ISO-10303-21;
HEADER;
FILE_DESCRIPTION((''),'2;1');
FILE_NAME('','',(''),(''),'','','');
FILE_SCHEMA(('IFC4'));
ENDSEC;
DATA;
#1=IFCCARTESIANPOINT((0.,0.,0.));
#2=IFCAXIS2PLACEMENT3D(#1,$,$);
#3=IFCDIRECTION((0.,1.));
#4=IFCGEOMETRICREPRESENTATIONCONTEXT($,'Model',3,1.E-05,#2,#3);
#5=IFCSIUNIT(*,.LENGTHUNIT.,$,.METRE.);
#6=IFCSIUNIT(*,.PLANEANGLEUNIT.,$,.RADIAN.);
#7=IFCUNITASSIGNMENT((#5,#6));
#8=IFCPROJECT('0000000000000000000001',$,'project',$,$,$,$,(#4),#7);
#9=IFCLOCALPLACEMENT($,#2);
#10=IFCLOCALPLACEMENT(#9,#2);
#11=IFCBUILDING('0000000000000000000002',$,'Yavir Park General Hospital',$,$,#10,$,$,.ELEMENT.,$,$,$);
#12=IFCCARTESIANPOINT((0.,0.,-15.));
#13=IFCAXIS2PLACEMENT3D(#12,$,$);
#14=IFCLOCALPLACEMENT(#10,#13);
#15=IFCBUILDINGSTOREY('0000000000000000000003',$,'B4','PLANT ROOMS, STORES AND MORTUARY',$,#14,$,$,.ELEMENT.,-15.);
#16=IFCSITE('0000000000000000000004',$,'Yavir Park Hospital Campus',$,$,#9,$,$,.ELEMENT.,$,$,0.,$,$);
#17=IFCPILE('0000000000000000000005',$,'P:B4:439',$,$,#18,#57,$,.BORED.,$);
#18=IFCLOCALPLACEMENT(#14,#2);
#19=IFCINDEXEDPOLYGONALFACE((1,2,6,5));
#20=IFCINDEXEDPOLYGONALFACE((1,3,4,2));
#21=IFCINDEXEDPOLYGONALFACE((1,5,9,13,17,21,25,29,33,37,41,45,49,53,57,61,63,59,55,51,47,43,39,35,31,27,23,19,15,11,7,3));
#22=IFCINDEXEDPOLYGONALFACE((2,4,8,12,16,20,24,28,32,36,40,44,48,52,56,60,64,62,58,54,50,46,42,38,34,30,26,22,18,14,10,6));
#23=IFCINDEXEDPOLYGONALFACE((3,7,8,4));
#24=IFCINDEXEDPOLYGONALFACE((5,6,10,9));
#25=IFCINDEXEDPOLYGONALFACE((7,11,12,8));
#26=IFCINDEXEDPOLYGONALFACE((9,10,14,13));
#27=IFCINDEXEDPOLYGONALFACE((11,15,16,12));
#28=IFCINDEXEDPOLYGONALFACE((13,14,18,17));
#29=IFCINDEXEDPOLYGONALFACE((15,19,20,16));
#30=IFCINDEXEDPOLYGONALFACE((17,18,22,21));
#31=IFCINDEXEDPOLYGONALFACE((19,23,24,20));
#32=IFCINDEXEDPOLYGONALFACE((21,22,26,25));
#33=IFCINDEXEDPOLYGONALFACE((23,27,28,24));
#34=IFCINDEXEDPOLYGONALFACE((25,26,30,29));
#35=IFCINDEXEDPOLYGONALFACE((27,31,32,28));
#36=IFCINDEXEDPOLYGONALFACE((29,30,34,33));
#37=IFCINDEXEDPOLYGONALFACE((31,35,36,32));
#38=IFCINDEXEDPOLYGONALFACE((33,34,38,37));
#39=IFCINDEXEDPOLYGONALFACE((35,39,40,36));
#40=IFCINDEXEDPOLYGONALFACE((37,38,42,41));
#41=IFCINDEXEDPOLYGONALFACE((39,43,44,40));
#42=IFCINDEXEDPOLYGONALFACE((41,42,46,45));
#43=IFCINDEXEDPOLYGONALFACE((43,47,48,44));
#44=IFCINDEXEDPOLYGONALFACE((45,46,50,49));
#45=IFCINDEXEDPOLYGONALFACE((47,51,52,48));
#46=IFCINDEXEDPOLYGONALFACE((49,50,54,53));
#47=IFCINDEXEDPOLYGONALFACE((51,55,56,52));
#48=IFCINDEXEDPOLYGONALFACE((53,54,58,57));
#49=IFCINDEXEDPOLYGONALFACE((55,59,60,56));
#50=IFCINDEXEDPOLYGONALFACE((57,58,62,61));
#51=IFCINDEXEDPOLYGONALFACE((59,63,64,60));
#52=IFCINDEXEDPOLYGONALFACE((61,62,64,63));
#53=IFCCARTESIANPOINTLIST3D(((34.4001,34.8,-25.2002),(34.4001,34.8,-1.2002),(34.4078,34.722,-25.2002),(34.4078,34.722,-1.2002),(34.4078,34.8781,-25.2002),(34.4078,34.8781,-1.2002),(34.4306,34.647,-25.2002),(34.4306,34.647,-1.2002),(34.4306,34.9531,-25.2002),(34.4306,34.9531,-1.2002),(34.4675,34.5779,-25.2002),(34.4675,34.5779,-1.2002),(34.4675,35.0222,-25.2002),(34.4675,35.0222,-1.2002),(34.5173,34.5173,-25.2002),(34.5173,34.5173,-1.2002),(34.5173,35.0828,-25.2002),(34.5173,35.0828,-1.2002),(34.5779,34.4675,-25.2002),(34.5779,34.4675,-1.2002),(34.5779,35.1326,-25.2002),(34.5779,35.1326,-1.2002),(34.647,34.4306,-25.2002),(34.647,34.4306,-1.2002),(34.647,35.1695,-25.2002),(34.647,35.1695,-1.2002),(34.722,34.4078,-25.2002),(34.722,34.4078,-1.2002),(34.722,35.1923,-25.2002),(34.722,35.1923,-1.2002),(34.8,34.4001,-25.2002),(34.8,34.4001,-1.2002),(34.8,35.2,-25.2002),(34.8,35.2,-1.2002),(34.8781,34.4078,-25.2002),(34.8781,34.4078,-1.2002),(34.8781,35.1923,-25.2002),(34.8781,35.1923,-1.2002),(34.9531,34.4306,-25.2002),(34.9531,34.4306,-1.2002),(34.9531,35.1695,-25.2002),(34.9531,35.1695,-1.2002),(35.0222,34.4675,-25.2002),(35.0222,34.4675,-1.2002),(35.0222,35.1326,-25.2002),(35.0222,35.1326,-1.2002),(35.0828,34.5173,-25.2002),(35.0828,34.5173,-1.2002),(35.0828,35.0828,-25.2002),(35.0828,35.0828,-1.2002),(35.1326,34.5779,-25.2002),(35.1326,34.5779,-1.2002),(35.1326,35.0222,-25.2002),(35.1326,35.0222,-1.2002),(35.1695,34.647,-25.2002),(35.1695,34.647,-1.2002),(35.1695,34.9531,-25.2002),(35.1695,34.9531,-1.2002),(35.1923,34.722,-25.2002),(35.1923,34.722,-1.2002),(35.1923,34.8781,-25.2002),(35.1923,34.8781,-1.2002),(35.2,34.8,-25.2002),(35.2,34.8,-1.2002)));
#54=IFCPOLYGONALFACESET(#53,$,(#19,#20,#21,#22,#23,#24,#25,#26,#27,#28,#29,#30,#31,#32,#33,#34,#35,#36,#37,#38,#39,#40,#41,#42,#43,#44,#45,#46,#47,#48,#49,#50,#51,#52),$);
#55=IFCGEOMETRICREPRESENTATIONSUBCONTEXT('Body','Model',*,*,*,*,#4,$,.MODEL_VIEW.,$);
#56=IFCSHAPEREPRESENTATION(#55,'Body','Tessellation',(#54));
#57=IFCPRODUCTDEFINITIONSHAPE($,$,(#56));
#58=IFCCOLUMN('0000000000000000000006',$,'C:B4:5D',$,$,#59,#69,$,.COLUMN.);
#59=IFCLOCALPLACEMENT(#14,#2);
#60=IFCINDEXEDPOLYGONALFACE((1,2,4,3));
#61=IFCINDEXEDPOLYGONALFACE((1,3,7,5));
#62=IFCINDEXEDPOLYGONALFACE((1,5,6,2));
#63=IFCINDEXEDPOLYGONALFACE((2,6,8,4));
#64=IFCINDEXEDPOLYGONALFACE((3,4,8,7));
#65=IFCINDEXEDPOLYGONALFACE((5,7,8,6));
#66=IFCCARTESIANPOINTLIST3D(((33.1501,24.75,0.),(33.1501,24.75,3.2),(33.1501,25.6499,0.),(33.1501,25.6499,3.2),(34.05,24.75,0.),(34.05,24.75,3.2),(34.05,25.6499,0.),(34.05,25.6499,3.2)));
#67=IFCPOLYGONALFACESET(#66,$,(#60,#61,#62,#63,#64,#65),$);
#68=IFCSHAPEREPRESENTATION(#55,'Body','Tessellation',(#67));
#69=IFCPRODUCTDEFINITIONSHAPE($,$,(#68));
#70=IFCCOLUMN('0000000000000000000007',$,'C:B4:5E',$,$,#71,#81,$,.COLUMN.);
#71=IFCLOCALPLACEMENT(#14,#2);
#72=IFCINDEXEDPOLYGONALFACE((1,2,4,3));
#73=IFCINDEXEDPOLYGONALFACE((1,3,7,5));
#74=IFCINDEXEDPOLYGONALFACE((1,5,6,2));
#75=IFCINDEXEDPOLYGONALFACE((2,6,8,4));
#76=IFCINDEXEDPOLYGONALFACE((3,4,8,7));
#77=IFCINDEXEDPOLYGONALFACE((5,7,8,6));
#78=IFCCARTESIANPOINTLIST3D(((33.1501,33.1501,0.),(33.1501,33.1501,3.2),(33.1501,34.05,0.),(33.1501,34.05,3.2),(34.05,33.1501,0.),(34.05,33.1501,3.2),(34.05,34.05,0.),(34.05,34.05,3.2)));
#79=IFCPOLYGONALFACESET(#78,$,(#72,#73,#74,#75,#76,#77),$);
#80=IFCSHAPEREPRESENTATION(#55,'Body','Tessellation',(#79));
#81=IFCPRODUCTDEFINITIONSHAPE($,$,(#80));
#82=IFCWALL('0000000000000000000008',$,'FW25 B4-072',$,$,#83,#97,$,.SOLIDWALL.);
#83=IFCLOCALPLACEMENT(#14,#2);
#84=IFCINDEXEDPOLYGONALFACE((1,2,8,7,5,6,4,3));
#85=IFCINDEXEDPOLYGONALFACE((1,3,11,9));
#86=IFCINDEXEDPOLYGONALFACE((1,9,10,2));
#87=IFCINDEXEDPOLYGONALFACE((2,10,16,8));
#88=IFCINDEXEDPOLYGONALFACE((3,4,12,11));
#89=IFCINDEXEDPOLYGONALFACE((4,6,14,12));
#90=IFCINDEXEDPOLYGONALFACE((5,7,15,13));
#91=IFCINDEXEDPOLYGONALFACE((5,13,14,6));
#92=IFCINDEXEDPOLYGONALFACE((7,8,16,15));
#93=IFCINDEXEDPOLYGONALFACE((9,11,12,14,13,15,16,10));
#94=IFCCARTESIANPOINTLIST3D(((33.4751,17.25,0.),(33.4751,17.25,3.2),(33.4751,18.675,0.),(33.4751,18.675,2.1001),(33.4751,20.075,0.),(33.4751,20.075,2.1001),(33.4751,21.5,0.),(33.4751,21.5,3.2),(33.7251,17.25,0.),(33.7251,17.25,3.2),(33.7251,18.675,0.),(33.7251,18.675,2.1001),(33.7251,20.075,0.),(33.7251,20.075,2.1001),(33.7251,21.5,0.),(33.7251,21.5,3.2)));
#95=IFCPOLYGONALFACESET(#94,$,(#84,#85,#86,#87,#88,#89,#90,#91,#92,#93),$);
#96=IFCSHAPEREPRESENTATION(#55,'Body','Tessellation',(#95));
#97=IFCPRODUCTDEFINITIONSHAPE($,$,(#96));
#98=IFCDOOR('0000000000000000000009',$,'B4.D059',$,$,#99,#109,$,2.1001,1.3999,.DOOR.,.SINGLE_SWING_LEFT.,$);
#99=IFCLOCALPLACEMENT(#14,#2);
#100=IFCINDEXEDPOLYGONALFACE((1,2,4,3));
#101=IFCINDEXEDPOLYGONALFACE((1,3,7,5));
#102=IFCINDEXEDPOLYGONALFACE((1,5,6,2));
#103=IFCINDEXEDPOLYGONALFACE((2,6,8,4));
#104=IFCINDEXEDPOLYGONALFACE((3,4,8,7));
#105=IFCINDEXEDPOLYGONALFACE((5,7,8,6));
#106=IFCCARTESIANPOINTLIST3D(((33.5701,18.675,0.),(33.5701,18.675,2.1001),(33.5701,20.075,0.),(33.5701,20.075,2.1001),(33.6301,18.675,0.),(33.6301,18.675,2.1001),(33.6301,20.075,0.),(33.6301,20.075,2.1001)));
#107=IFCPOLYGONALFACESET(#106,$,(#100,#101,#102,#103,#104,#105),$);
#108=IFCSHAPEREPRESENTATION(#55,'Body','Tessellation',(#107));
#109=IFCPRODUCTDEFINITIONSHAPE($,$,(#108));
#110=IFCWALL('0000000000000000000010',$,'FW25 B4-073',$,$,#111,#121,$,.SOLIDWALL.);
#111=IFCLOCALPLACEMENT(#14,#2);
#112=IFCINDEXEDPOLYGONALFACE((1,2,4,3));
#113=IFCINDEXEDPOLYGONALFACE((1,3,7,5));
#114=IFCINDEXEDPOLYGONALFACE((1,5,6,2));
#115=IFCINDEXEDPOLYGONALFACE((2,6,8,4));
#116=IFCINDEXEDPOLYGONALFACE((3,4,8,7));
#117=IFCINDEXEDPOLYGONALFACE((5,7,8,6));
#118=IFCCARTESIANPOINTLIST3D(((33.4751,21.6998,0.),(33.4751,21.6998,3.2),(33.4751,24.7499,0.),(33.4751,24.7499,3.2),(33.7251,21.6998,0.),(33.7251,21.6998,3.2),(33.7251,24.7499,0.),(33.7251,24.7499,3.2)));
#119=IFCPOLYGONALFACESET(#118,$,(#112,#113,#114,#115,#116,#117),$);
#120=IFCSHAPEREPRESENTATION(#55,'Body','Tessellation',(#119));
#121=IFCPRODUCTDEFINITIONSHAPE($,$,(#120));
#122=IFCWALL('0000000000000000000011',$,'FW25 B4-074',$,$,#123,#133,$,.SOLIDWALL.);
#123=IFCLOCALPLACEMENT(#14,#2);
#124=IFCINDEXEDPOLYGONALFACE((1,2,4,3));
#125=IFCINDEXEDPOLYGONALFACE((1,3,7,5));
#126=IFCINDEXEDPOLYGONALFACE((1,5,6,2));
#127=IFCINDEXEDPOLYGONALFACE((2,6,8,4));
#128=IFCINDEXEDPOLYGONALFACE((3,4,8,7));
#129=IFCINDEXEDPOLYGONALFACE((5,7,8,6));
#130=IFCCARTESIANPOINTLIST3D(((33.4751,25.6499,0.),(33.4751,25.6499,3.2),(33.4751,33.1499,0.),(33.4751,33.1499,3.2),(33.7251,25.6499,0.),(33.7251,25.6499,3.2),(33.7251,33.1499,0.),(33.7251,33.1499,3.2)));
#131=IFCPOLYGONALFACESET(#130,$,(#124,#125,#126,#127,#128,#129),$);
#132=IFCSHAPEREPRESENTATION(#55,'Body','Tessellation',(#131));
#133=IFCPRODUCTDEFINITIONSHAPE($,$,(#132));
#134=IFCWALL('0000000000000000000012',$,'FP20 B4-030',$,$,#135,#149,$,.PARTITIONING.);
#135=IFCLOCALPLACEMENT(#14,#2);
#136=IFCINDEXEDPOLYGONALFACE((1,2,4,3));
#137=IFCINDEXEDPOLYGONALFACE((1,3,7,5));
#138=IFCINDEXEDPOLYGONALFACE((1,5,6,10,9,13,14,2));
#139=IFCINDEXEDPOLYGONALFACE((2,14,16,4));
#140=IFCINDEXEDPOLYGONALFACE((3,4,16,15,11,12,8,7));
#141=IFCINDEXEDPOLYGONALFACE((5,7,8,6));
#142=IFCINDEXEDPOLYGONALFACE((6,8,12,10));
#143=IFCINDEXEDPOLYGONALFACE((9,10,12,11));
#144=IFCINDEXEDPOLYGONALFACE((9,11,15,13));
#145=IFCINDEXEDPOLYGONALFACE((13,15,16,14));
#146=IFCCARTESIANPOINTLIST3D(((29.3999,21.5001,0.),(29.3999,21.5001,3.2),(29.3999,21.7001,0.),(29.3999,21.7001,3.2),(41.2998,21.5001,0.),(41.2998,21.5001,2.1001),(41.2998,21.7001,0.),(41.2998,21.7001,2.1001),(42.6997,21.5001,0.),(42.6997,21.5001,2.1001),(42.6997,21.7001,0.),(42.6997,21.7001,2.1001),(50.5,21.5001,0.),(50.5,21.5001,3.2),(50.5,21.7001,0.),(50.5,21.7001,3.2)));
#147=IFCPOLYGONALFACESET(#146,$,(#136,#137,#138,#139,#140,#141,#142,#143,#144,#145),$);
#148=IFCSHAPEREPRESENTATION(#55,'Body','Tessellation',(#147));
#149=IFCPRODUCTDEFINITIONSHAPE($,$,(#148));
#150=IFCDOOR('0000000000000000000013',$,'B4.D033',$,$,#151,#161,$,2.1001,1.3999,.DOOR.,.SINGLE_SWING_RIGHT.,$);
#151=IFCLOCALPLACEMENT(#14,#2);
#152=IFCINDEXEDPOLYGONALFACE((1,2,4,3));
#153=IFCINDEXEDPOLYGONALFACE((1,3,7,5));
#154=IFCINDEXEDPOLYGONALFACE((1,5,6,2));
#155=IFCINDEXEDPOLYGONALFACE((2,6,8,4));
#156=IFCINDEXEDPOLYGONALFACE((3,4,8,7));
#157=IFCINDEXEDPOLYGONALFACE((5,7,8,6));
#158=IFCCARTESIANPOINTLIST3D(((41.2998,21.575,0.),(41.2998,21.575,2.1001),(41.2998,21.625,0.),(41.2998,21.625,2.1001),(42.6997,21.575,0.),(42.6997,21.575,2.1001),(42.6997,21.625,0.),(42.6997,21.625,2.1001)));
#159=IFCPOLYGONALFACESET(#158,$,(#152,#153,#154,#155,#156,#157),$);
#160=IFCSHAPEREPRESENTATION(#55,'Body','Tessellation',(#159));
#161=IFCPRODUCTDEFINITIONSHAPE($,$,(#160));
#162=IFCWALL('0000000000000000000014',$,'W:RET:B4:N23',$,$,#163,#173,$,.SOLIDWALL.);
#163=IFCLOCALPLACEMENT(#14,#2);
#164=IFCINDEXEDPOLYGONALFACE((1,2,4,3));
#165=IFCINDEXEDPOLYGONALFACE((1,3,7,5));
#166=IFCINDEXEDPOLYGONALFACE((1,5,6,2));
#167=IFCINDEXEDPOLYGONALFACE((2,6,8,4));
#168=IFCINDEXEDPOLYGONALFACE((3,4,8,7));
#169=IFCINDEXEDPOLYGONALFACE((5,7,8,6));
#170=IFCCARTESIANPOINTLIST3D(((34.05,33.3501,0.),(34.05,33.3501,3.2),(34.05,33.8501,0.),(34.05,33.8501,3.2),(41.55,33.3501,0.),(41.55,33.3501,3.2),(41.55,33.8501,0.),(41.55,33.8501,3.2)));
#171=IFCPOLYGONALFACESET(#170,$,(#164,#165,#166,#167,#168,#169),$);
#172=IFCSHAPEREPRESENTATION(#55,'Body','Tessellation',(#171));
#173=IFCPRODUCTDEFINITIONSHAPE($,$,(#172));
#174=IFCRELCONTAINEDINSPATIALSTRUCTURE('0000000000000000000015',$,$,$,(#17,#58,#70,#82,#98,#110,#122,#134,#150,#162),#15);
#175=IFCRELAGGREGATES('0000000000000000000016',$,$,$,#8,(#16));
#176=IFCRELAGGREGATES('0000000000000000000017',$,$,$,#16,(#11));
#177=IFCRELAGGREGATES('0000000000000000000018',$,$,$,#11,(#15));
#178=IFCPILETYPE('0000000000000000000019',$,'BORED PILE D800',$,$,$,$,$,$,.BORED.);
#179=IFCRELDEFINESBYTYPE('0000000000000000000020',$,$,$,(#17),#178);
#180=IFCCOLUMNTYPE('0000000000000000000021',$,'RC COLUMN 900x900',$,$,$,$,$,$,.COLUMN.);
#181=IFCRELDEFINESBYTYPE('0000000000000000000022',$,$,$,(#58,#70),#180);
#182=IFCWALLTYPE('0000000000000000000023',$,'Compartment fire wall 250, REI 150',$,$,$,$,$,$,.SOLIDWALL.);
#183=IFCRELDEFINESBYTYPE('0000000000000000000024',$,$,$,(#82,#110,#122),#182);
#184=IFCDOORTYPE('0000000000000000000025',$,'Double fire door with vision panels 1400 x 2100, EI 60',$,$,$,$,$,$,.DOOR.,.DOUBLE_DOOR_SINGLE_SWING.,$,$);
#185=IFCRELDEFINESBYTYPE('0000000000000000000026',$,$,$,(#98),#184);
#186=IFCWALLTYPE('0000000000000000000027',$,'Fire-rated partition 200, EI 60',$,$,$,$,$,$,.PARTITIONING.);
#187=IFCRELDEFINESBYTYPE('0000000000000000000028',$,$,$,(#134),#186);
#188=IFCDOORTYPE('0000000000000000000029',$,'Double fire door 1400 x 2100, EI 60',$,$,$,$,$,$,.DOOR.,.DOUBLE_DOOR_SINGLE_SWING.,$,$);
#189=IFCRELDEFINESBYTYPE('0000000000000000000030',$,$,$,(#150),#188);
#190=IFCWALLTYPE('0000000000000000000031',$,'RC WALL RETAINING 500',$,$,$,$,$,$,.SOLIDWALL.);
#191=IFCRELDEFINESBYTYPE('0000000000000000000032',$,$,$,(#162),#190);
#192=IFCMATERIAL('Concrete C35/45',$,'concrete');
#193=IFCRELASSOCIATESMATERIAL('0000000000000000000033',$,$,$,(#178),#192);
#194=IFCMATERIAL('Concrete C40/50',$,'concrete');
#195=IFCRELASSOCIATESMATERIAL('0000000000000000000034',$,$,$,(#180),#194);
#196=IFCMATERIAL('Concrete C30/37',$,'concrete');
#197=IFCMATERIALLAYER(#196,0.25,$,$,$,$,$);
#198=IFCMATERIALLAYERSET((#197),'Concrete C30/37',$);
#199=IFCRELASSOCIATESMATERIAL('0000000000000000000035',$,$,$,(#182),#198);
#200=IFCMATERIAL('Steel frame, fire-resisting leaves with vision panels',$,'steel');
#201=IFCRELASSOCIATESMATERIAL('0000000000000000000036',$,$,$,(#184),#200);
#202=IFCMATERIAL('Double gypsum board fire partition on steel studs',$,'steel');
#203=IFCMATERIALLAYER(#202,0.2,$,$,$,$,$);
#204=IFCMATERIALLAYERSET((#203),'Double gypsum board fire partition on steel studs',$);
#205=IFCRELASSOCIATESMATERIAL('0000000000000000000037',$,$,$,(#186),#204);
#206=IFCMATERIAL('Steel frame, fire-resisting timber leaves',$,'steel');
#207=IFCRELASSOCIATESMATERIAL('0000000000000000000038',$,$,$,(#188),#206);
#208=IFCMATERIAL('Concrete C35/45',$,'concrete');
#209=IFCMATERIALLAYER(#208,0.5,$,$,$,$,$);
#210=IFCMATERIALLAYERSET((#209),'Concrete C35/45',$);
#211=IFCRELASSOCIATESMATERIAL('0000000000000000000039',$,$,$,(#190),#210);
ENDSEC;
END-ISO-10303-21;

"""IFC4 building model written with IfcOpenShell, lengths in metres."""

from ifc_helpers import new_model, si_unit, direction, frame, frame_2d, origin, origin_2d, place, context, subcontext, project, spatial, rectangle, circle, extrude, material, layer, layer_set, material_profile, profile_set, type_object, element, fill, save


model = new_model("IFC4")

# Units and contexts
model_context = context("Model", 3, precision=1e-05, world=origin(), true_north=direction((0.0, 1.0)))
body_context = subcontext(model_context, "Body", "Model", "MODEL_VIEW")
ifc_project = project(units=[si_unit("LENGTHUNIT", "METRE"), si_unit("PLANEANGLEUNIT", "RADIAN")], contexts=[model_context])

# Site, building, storey
site_placement = place(None, origin())
site = spatial("IfcSite", under=ifc_project, at=site_placement, Name="Yavir Park Hospital Campus", CompositionType="ELEMENT", RefElevation=0.0)
building_placement = place(site_placement, origin())
building = spatial("IfcBuilding", under=site, at=building_placement, Name="Yavir Park General Hospital", CompositionType="ELEMENT")
storey_placement = place(building_placement, frame((0.0, 0.0, -15.0)))
storey = spatial("IfcBuildingStorey", under=building, at=storey_placement, Name="B4", Description="PLANT ROOMS, STORES AND MORTUARY", CompositionType="ELEMENT", Elevation=-15.0)

# Pile
ifc_material_1 = material(Name="Concrete C35/45", Category="concrete")
ifc_material_profile_1 = material_profile(ifc_material_1, circle(Radius=0.3999, at=origin_2d()), Name="D800")
ifc_profile_set_1 = profile_set([ifc_material_profile_1], Name="Concrete C35/45")
pile_type_1 = type_object("IfcPileType", Name="BORED PILE D800", PredefinedType="BORED", material=ifc_profile_set_1)
for number, where, z_axis, x_axis, name in (
    (1, (34.8, 34.8, -1.2002), (0.0, 0.0, -1.0), (1.0, 0.0, 0.0), "P:B4:439"),
):
    element("IfcPile", number, at=place(storey_placement, frame(where, z_axis=z_axis, x_axis=x_axis)), inside=storey, type_object=pile_type_1, Name=name, PredefinedType="BORED", context=body_context, shape_type="SweptSolid", body=[
        extrude(circle(Radius=0.3999, at=origin_2d()), origin(), (0.0, 0.0, 1.0), 24.0),
    ])

# Columns
ifc_material_2 = material(Name="Concrete C40/50", Category="concrete")
ifc_material_profile_2 = material_profile(ifc_material_2, rectangle(XDim=0.8999, YDim=0.8999, at=origin_2d()), Name="RC900x900")
ifc_profile_set_2 = profile_set([ifc_material_profile_2], Name="Concrete C40/50")
column_type = type_object("IfcColumnType", Name="RC COLUMN 900x900", PredefinedType="COLUMN", material=ifc_profile_set_2)
for number, where, z_axis, x_axis, name in (
    (2, (33.6001, 25.2, 0.0), (0.0, 0.0, 1.0), (1.0, 0.0, 0.0), "C:B4:5D"),
    (3, (33.6001, 33.6001, 0.0), (0.0, 0.0, 1.0), (1.0, 0.0, 0.0), "C:B4:5E"),
):
    element("IfcColumn", number, at=place(storey_placement, frame(where, z_axis=z_axis, x_axis=x_axis)), inside=storey, type_object=column_type, Name=name, PredefinedType="COLUMN", context=body_context, shape_type="SweptSolid", body=[
        extrude(rectangle(XDim=0.8999, YDim=0.8999, at=origin_2d()), origin(), (0.0, 0.0, 1.0), 3.2),
    ])

# Wall, opening, door
ifc_material_3 = material(Name="Concrete C30/37", Category="concrete")
ifc_layer_1 = layer(ifc_material_3, 0.25)
ifc_layer_set_1 = layer_set([ifc_layer_1], Name="Concrete C30/37")
wall_type_1 = type_object("IfcWallType", Name="Compartment fire wall 250, REI 150", PredefinedType="SOLIDWALL", material=ifc_layer_set_1)
wall_1_placement = place(storey_placement, frame((33.6001, 17.25, 0.0), z_axis=(0.0, 0.0, 1.0), x_axis=(0.0, 1.0, 0.0)))
wall_1 = element("IfcWall", 4, at=wall_1_placement, inside=storey, type_object=wall_type_1, Name="FW25 B4-072", PredefinedType="SOLIDWALL", context=body_context, shape_type="SweptSolid", body=[
    extrude(rectangle(XDim=4.25, YDim=0.25, at=frame_2d((2.125, 0.0))), origin(), (0.0, 0.0, 1.0), 3.2),
])
opening_1_placement = place(wall_1_placement, frame((1.425, 0.0, 0.0)))
opening_1 = element("IfcOpeningElement", 5, at=opening_1_placement, cuts=wall_1, PredefinedType="OPENING", context=body_context, shape_type="SweptSolid", body=[
    extrude(rectangle(XDim=1.3999, YDim=2.1001, at=frame_2d((0.7, 1.05))), frame((0.0, 0.135, 0.0), z_axis=(0.0, -1.0, 0.0), x_axis=(1.0, 0.0, 0.0)), (0.0, 0.0, 1.0), 0.27),
])
ifc_material_4 = material(Name="Steel frame, fire-resisting leaves with vision panels", Category="steel")
door_type_1 = type_object("IfcDoorType", Name="Double fire door with vision panels 1400 x 2100, EI 60", OperationType="DOUBLE_DOOR_SINGLE_SWING", PredefinedType="DOOR", material=ifc_material_4)
door_1_placement = place(opening_1_placement, origin())
door_1 = element("IfcDoor", 6, at=door_1_placement, inside=storey, type_object=door_type_1, Name="B4.D059", OperationType="SINGLE_SWING_LEFT", OverallHeight=2.1001, OverallWidth=1.3999, PredefinedType="DOOR", context=body_context, shape_type="SweptSolid", body=[
    extrude(rectangle(XDim=1.3999, YDim=2.1001, at=frame_2d((0.7, 1.05))), frame((0.0, 0.03, 0.0), z_axis=(0.0, -1.0, 0.0), x_axis=(1.0, 0.0, 0.0)), (0.0, 0.0, 1.0), 0.0601),
])
fill(opening_1, door_1)

# Walls
wall_2_placement = place(storey_placement, frame((33.6001, 21.7, 0.0), z_axis=(0.0, 0.0, 1.0), x_axis=(0.0, 1.0, 0.0)))
element("IfcWall", 7, at=wall_2_placement, inside=storey, type_object=wall_type_1, Name="FW25 B4-073", PredefinedType="SOLIDWALL", context=body_context, shape_type="SweptSolid", body=[
    extrude(rectangle(XDim=3.05, YDim=0.25, at=frame_2d((1.5249, 0.0))), origin(), (0.0, 0.0, 1.0), 3.2),
])
wall_3_placement = place(storey_placement, frame((33.6001, 25.6499, 0.0), z_axis=(0.0, 0.0, 1.0), x_axis=(0.0, 1.0, 0.0)))
element("IfcWall", 8, at=wall_3_placement, inside=storey, type_object=wall_type_1, Name="FW25 B4-074", PredefinedType="SOLIDWALL", context=body_context, shape_type="SweptSolid", body=[
    extrude(rectangle(XDim=7.5, YDim=0.25, at=frame_2d((3.75, 0.0))), origin(), (0.0, 0.0, 1.0), 3.2),
])

# Wall, opening, door
ifc_material_5 = material(Name="Double gypsum board fire partition on steel studs", Category="steel")
ifc_layer_2 = layer(ifc_material_5, 0.2)
ifc_layer_set_2 = layer_set([ifc_layer_2], Name="Double gypsum board fire partition on steel studs")
wall_type_2 = type_object("IfcWallType", Name="Fire-rated partition 200, EI 60", PredefinedType="PARTITIONING", material=ifc_layer_set_2)
wall_4_placement = place(storey_placement, frame((29.3999, 21.6001, 0.0), z_axis=(0.0, 0.0, 1.0), x_axis=(1.0, 0.0, 0.0)))
wall_4 = element("IfcWall", 9, at=wall_4_placement, inside=storey, type_object=wall_type_2, Name="FP20 B4-030", PredefinedType="PARTITIONING", context=body_context, shape_type="SweptSolid", body=[
    extrude(rectangle(XDim=21.1001, YDim=0.2, at=frame_2d((10.55, 0.0))), origin(), (0.0, 0.0, 1.0), 3.2),
])
opening_2_placement = place(wall_4_placement, frame((11.8999, 0.0, 0.0)))
opening_2 = element("IfcOpeningElement", 10, at=opening_2_placement, cuts=wall_4, PredefinedType="OPENING", context=body_context, shape_type="SweptSolid", body=[
    extrude(rectangle(XDim=1.3999, YDim=2.1001, at=frame_2d((0.7, 1.05))), frame((0.0, 0.1099, 0.0), z_axis=(0.0, -1.0, 0.0), x_axis=(1.0, 0.0, 0.0)), (0.0, 0.0, 1.0), 0.22),
])
ifc_material_6 = material(Name="Steel frame, fire-resisting timber leaves", Category="steel")
door_type_2 = type_object("IfcDoorType", Name="Double fire door 1400 x 2100, EI 60", OperationType="DOUBLE_DOOR_SINGLE_SWING", PredefinedType="DOOR", material=ifc_material_6)
door_2_placement = place(opening_2_placement, origin())
door_2 = element("IfcDoor", 11, at=door_2_placement, inside=storey, type_object=door_type_2, Name="B4.D033", OperationType="SINGLE_SWING_RIGHT", OverallHeight=2.1001, OverallWidth=1.3999, PredefinedType="DOOR", context=body_context, shape_type="SweptSolid", body=[
    extrude(rectangle(XDim=1.3999, YDim=2.1001, at=frame_2d((0.7, 1.05))), frame((0.0, 0.0249, 0.0), z_axis=(0.0, -1.0, 0.0), x_axis=(1.0, 0.0, 0.0)), (0.0, 0.0, 1.0), 0.05),
])
fill(opening_2, door_2)

# Wall
ifc_material_7 = material(Name="Concrete C35/45", Category="concrete")
ifc_layer_3 = layer(ifc_material_7, 0.5)
ifc_layer_set_3 = layer_set([ifc_layer_3], Name="Concrete C35/45")
wall_type_3 = type_object("IfcWallType", Name="RC WALL RETAINING 500", PredefinedType="SOLIDWALL", material=ifc_layer_set_3)
wall_5_placement = place(storey_placement, frame((34.05, 33.6001, 0.0), z_axis=(0.0, 0.0, 1.0), x_axis=(1.0, 0.0, 0.0)))
element("IfcWall", 12, at=wall_5_placement, inside=storey, type_object=wall_type_3, Name="W:RET:B4:N23", PredefinedType="SOLIDWALL", context=body_context, shape_type="SweptSolid", body=[
    extrude(rectangle(XDim=7.5, YDim=0.5, at=frame_2d((3.75, 0.0))), origin(), (0.0, 0.0, 1.0), 3.2),
])

save(model, "model.ifc")
